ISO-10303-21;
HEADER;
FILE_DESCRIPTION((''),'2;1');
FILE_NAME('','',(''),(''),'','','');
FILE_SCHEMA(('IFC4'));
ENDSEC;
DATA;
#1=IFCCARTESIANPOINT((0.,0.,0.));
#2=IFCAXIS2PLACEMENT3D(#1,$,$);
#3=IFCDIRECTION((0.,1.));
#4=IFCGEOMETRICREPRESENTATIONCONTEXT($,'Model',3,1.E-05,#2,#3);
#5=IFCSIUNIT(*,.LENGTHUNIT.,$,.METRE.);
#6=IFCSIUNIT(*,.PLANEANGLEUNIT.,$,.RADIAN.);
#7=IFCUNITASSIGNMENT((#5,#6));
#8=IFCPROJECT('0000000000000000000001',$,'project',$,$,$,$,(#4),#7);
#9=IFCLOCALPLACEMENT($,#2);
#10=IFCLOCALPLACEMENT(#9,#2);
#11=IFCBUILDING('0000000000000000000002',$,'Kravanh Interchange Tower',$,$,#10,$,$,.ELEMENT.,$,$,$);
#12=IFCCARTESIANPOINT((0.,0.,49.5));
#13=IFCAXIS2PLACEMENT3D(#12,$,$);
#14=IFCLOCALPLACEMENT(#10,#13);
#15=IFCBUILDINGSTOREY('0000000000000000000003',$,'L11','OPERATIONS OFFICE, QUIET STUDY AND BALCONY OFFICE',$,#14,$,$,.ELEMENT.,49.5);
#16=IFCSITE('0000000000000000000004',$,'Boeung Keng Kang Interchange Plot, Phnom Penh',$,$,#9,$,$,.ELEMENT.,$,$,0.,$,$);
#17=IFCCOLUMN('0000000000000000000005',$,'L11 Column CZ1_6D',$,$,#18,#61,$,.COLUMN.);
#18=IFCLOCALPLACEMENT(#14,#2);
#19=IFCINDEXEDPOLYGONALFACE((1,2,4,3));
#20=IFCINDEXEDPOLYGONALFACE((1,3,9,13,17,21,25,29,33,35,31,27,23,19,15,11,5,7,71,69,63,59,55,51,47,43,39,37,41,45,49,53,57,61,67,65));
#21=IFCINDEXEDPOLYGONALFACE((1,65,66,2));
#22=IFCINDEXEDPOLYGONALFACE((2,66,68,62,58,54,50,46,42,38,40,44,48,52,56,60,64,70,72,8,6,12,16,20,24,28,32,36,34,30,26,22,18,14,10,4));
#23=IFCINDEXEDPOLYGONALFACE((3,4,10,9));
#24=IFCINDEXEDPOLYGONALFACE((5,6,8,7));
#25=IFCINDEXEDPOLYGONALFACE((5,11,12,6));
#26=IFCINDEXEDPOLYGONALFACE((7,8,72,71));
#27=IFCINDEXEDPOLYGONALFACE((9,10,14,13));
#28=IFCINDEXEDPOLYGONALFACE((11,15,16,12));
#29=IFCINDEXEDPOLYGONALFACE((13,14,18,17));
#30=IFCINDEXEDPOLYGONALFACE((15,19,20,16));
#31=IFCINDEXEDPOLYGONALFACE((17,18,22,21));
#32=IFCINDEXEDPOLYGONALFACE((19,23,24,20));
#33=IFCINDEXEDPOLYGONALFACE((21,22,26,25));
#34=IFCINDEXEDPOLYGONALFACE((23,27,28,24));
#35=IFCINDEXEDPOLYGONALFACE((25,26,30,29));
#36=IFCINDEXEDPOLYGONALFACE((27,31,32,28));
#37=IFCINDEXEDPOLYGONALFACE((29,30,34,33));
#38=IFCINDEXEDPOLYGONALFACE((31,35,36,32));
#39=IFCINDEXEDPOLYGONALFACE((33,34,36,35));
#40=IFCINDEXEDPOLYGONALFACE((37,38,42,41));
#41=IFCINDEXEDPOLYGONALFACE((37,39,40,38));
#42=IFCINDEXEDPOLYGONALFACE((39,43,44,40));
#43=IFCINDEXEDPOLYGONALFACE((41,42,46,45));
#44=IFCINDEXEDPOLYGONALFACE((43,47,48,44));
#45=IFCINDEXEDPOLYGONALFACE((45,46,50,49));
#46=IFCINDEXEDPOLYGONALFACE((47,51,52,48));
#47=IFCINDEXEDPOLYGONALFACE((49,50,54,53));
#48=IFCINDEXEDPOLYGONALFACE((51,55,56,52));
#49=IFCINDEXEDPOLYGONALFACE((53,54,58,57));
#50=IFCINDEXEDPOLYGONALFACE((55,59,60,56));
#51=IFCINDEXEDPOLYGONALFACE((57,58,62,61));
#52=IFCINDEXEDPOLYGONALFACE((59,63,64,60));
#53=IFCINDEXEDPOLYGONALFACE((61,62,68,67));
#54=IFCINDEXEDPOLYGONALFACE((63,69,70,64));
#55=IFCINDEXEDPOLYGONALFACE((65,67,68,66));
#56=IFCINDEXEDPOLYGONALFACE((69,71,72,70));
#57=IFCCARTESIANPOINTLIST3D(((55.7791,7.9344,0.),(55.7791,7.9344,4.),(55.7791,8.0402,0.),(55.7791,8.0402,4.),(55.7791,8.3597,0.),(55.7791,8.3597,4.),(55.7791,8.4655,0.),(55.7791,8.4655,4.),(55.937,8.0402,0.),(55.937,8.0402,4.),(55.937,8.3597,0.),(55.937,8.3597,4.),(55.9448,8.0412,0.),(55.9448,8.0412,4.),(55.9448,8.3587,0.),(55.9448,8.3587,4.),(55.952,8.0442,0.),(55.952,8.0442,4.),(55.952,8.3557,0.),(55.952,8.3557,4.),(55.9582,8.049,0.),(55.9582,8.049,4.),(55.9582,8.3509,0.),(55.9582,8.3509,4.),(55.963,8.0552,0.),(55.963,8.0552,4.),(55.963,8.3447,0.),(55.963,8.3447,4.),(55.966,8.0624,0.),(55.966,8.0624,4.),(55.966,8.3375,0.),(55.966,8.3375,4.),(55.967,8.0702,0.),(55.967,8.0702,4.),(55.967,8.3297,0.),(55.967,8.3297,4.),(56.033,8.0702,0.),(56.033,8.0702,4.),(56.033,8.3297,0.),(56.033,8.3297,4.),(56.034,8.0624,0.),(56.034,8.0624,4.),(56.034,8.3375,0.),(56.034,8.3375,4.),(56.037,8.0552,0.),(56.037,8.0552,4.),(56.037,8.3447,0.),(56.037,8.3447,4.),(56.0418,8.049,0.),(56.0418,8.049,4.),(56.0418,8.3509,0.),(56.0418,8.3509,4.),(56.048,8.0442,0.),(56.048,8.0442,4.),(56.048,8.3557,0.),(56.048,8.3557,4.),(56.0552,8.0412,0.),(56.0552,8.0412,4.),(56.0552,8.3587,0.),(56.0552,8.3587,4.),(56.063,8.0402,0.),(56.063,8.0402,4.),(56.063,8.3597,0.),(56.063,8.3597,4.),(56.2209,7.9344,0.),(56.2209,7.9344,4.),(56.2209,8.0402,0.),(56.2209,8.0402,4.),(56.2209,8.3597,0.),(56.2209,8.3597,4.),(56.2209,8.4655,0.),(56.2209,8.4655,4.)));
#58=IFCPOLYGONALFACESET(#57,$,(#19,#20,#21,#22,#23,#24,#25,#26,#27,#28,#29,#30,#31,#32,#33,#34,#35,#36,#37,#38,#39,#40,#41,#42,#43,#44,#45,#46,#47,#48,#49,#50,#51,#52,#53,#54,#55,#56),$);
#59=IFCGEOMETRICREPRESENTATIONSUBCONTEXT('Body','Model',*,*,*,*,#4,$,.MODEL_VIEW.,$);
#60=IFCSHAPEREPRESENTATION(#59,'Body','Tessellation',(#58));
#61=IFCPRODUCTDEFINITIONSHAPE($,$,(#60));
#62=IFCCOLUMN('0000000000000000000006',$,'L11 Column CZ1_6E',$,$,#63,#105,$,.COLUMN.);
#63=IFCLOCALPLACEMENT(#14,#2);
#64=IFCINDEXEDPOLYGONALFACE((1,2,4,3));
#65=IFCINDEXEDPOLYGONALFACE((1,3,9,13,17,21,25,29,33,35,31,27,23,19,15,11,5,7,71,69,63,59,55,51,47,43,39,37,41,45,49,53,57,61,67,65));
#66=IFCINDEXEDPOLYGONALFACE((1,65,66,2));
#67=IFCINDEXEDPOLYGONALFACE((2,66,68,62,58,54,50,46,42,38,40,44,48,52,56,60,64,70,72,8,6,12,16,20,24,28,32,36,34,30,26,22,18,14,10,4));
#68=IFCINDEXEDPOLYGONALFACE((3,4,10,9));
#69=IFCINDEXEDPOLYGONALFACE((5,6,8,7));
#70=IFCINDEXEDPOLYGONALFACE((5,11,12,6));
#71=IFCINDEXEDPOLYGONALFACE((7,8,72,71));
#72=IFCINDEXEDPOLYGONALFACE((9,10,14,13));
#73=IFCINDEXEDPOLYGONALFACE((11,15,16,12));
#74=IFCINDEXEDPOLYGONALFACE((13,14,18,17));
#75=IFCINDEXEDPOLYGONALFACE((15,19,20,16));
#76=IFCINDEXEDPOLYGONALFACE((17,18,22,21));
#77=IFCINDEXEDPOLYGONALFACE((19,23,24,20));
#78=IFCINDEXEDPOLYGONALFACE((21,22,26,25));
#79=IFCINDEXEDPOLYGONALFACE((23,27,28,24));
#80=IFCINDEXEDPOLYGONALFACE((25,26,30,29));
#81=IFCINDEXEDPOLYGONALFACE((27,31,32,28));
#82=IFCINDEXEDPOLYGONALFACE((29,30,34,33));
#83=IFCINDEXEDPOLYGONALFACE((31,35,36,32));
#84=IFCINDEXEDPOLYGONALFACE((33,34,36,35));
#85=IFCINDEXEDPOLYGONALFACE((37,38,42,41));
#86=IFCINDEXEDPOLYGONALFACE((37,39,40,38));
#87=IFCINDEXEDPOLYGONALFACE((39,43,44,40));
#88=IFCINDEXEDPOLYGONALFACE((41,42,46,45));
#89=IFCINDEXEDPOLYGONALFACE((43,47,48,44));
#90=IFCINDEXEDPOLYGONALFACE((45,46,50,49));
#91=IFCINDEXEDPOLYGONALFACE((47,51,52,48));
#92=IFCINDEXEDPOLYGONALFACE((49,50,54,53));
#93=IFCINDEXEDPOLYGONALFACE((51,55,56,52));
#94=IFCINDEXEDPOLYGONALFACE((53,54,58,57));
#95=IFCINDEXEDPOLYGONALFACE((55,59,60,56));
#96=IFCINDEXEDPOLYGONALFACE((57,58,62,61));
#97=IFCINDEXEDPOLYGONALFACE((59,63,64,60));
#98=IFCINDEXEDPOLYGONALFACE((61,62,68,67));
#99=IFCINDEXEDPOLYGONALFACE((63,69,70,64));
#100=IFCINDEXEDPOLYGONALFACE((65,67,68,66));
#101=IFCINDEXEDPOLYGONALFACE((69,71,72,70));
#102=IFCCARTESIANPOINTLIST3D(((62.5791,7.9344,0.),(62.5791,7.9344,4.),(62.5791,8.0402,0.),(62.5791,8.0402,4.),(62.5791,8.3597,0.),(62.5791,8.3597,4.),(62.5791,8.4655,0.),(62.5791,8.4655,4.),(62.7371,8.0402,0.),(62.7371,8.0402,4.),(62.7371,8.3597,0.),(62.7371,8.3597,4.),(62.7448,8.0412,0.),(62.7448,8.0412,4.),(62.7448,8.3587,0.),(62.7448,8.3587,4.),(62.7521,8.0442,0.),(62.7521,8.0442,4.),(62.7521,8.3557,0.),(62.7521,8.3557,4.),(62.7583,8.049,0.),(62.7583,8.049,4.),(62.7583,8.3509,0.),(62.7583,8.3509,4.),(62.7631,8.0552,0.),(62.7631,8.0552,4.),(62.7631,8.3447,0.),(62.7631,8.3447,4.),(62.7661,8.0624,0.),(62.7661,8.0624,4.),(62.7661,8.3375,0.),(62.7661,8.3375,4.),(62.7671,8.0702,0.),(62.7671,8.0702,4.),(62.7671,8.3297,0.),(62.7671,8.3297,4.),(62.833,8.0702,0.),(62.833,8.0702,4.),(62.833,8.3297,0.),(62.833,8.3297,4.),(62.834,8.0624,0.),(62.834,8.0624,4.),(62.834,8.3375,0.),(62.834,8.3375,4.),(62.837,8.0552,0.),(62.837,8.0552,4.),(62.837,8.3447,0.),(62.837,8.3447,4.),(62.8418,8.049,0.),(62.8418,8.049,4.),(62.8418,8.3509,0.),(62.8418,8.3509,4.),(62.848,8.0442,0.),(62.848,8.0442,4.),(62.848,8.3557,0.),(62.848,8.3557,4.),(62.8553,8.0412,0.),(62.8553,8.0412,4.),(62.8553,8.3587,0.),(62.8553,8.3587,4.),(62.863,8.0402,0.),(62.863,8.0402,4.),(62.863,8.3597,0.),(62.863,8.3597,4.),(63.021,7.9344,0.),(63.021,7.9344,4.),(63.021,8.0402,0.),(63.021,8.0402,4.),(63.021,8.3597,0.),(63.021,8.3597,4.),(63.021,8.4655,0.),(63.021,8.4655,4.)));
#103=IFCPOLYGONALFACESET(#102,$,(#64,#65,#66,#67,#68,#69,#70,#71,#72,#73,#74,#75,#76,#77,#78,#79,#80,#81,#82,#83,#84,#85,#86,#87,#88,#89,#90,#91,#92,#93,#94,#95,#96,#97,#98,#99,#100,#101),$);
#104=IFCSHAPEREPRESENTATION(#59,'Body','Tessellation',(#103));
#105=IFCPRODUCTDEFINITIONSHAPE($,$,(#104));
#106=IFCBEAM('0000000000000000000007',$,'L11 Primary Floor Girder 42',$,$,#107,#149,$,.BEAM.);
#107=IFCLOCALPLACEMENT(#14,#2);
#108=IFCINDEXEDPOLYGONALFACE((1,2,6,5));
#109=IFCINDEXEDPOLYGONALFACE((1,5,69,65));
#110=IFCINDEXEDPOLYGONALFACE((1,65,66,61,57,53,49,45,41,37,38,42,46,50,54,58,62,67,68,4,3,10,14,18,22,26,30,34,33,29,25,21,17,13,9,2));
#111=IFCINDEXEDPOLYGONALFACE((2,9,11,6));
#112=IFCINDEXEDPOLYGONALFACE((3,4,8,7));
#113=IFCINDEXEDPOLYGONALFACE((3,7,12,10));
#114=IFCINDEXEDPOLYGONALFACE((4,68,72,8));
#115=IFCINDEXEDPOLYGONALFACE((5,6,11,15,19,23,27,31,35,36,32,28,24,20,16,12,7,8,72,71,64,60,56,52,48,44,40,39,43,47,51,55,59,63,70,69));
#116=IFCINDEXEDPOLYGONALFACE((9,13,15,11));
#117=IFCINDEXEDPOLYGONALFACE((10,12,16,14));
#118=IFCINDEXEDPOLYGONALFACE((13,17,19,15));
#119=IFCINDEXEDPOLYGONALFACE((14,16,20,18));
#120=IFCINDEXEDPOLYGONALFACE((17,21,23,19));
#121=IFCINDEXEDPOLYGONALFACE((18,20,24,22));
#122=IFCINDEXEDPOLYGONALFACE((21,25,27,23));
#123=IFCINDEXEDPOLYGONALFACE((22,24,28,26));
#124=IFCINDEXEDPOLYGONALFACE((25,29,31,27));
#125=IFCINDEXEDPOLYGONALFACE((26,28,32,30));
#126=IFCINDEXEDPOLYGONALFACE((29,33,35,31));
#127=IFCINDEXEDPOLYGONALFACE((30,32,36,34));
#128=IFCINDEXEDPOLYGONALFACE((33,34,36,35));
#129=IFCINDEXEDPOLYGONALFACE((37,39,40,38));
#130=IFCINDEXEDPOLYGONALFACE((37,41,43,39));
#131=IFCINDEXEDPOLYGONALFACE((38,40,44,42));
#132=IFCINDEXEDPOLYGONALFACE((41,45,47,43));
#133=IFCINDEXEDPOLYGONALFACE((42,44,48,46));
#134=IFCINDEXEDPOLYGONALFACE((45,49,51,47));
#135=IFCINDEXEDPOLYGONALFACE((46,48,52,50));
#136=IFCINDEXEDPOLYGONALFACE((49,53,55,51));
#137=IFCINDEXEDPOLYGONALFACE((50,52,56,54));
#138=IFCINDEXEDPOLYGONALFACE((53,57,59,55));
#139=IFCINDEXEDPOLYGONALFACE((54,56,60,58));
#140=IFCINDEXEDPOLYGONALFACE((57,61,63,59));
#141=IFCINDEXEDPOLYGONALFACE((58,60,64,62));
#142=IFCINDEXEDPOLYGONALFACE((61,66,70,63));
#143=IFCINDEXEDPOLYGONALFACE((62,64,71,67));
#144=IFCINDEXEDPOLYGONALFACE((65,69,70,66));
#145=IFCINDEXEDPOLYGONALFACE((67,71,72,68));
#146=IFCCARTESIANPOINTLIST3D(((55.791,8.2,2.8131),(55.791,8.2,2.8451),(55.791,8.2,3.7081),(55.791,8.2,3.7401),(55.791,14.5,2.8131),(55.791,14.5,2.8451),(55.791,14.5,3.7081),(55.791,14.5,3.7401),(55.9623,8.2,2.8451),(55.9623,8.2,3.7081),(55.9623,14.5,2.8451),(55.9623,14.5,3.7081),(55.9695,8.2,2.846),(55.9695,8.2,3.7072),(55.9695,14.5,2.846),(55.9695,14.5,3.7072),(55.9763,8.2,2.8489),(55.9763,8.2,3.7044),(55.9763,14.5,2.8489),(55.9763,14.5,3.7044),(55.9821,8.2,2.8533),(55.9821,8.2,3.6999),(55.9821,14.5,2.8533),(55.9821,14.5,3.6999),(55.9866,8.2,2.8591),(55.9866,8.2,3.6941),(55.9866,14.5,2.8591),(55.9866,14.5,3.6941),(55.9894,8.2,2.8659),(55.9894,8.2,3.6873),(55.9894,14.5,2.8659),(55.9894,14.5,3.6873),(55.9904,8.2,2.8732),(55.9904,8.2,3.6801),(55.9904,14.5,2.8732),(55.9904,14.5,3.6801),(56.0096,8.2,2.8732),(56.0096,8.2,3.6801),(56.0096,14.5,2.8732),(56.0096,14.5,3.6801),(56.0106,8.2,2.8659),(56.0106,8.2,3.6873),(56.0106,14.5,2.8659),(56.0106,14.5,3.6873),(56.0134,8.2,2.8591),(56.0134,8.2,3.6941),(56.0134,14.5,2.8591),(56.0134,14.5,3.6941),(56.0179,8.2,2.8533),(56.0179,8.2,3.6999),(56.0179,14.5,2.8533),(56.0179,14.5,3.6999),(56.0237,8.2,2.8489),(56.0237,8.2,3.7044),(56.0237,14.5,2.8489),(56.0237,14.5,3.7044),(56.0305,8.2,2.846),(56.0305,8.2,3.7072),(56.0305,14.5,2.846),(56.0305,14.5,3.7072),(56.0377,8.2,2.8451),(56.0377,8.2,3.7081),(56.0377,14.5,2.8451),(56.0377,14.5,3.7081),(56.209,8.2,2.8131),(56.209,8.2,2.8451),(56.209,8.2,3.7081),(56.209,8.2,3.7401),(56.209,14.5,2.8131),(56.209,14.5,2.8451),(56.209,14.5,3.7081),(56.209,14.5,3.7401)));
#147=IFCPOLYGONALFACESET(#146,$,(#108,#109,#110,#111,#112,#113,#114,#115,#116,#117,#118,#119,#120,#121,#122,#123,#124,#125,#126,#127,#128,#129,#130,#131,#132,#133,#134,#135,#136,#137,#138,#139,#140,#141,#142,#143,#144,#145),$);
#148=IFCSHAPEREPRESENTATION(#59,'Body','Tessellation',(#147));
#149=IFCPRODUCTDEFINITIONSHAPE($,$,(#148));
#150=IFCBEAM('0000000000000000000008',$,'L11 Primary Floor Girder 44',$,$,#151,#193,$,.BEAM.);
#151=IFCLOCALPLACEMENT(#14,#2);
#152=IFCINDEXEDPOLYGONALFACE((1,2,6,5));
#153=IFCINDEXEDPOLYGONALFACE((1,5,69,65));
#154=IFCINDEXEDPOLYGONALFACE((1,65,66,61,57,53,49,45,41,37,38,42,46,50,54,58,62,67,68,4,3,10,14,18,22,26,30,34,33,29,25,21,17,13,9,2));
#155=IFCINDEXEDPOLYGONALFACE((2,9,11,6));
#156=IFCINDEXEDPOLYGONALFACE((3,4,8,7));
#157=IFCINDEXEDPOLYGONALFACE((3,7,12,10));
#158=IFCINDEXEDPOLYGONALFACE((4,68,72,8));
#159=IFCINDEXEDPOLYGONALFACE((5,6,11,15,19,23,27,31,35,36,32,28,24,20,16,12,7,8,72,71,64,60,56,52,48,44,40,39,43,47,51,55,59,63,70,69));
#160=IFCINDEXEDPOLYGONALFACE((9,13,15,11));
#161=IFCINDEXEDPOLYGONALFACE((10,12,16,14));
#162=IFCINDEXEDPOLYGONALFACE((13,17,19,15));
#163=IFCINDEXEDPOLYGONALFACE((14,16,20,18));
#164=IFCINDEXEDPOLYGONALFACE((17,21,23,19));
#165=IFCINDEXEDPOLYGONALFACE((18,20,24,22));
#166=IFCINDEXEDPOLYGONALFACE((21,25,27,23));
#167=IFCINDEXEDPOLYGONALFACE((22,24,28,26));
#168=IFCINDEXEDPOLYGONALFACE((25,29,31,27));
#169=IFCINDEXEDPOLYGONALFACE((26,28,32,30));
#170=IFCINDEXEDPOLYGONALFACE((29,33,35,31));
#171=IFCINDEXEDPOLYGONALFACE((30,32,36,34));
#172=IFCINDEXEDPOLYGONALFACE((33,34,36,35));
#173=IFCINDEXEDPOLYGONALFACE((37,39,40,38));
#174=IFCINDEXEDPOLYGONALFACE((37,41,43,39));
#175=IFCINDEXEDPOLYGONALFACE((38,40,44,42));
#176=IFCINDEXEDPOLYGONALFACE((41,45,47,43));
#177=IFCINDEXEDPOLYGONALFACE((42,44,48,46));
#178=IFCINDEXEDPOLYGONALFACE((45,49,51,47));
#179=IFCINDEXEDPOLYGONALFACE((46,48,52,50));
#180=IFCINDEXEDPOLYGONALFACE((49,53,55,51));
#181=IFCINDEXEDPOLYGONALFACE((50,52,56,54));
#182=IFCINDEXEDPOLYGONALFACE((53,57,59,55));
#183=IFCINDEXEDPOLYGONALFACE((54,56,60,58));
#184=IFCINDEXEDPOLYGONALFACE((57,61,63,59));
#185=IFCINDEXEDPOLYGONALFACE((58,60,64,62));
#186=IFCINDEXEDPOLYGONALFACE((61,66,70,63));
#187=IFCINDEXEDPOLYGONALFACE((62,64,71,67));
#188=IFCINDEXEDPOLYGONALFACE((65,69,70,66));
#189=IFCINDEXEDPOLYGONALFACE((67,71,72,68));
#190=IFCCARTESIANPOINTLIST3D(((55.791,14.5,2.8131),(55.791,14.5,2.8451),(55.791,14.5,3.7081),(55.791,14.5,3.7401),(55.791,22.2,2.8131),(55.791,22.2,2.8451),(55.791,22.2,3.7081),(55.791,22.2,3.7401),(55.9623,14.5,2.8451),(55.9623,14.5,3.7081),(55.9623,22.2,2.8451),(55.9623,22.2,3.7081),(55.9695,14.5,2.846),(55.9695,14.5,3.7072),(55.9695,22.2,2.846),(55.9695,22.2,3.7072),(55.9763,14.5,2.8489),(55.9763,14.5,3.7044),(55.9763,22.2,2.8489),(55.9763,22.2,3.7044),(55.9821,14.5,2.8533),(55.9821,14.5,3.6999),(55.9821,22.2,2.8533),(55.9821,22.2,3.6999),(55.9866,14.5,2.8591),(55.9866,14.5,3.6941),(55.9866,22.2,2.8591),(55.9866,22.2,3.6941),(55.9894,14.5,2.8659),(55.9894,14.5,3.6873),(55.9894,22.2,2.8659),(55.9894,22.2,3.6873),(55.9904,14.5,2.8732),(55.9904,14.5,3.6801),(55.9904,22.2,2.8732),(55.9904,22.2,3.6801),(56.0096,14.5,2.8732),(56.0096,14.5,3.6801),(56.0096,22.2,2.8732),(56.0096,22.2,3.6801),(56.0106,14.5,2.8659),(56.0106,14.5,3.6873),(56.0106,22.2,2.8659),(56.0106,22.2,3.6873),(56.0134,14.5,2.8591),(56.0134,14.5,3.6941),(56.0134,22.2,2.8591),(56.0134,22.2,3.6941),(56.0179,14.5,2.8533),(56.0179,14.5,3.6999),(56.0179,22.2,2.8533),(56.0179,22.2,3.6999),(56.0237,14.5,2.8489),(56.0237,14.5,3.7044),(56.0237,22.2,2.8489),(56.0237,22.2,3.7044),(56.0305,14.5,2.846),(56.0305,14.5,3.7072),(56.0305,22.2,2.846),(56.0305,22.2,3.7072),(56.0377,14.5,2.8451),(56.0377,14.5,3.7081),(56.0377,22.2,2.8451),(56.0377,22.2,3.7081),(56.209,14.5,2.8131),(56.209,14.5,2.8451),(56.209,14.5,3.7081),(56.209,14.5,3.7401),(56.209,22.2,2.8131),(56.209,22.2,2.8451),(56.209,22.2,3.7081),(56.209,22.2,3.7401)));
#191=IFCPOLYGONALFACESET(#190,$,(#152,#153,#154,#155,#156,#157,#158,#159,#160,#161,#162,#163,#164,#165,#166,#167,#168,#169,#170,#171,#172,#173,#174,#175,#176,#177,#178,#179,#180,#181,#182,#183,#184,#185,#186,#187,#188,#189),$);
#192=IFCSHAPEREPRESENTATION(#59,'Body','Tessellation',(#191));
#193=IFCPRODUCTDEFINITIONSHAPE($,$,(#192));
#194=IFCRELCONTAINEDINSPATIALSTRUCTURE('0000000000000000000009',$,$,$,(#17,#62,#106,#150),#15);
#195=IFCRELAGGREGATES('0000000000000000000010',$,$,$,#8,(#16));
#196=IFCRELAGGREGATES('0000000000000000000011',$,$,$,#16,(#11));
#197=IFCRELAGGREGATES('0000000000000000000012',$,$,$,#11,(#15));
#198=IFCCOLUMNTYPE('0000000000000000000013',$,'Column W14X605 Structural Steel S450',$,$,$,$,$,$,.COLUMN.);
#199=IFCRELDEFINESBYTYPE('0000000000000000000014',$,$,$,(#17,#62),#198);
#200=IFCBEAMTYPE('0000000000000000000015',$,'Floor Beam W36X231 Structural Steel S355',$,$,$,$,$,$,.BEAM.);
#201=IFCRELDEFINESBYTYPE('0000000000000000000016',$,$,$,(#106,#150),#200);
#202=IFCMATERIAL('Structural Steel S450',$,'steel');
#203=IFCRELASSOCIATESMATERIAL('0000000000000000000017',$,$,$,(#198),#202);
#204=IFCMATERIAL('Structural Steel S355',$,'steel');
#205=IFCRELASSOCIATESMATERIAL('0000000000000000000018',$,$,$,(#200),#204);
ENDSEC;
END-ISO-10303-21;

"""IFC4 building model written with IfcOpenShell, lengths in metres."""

from ifc_helpers import new_model, si_unit, direction, frame, origin, origin_2d, place, context, subcontext, project, spatial, i_section, extrude, material, material_profile, profile_set, type_object, element, save


model = new_model("IFC4")

# Units and contexts
model_context = context("Model", 3, precision=1e-05, world=origin(), true_north=direction((0.0, 1.0)))
body_context = subcontext(model_context, "Body", "Model", "MODEL_VIEW")
ifc_project = project(units=[si_unit("LENGTHUNIT", "METRE"), si_unit("PLANEANGLEUNIT", "RADIAN")], contexts=[model_context])

# Site, building, storey
site_placement = place(None, origin())
site = spatial("IfcSite", under=ifc_project, at=site_placement, Name="Boeung Keng Kang Interchange Plot, Phnom Penh", CompositionType="ELEMENT", RefElevation=0.0)
building_placement = place(site_placement, origin())
building = spatial("IfcBuilding", under=site, at=building_placement, Name="Kravanh Interchange Tower", CompositionType="ELEMENT")
storey_placement = place(building_placement, frame((0.0, 0.0, 49.5)))
storey = spatial("IfcBuildingStorey", under=building, at=storey_placement, Name="L11", Description="OPERATIONS OFFICE, QUIET STUDY AND BALCONY OFFICE", CompositionType="ELEMENT", Elevation=49.5)

# Columns
ifc_material_1 = material(Name="Structural Steel S450", Category="steel")
ifc_material_profile_1 = material_profile(ifc_material_1, i_section(OverallWidth=0.4419, OverallDepth=0.531, WebThickness=0.0659, FlangeThickness=0.1057, FilletRadius=0.03, at=origin_2d()), Name="W14X605")
ifc_profile_set_1 = profile_set([ifc_material_profile_1], Name="Structural Steel S450")
column_type = type_object("IfcColumnType", Name="Column W14X605 Structural Steel S450", PredefinedType="COLUMN", material=ifc_profile_set_1)
for number, where, z_axis, x_axis, name in (
    (1, (56.0, 8.2, 0.0), (0.0, 0.0, 1.0), (1.0, 0.0, 0.0), "L11 Column CZ1_6D"),
    (2, (62.8, 8.2, 0.0), (0.0, 0.0, 1.0), (1.0, 0.0, 0.0), "L11 Column CZ1_6E"),
):
    element("IfcColumn", number, at=place(storey_placement, frame(where, z_axis=z_axis, x_axis=x_axis)), inside=storey, type_object=column_type, Name=name, PredefinedType="COLUMN", context=body_context, shape_type="SweptSolid", body=[
        extrude(i_section(OverallWidth=0.4419, OverallDepth=0.531, WebThickness=0.0659, FlangeThickness=0.1057, FilletRadius=0.03, at=origin_2d()), origin(), (0.0, 0.0, 1.0), 4.0),
    ])

# Beams
ifc_material_2 = material(Name="Structural Steel S355", Category="steel")
ifc_material_profile_2 = material_profile(ifc_material_2, i_section(OverallWidth=0.418, OverallDepth=0.927, WebThickness=0.0193, FlangeThickness=0.032, FilletRadius=0.0281, at=origin_2d()), Name="W36X231")
ifc_profile_set_2 = profile_set([ifc_material_profile_2], Name="Structural Steel S355")
beam_type_1 = type_object("IfcBeamType", Name="Floor Beam W36X231 Structural Steel S355", PredefinedType="BEAM", material=ifc_profile_set_2)
beam_1_placement = place(storey_placement, frame((56.0, 14.5, 3.2766), z_axis=(0.0, -1.0, 0.0), x_axis=(1.0, 0.0, 0.0)))
element("IfcBeam", 3, at=beam_1_placement, inside=storey, type_object=beam_type_1, Name="L11 Primary Floor Girder 42", PredefinedType="BEAM", context=body_context, shape_type="SweptSolid", body=[
    extrude(i_section(OverallWidth=0.418, OverallDepth=0.927, WebThickness=0.0193, FlangeThickness=0.032, FilletRadius=0.0281, at=origin_2d()), origin(), (0.0, 0.0, 1.0), 6.3),
])
for number, where, z_axis, x_axis, name in (
    (4, (56.0, 14.5, 3.2766), (0.0, 1.0, 0.0), (-1.0, 0.0, 0.0), "L11 Primary Floor Girder 44"),
):
    element("IfcBeam", number, at=place(storey_placement, frame(where, z_axis=z_axis, x_axis=x_axis)), inside=storey, type_object=beam_type_1, Name=name, PredefinedType="BEAM", context=body_context, shape_type="SweptSolid", body=[
        extrude(i_section(OverallWidth=0.418, OverallDepth=0.927, WebThickness=0.0193, FlangeThickness=0.032, FilletRadius=0.0281, at=origin_2d()), origin(), (0.0, 0.0, 1.0), 7.7),
    ])

save(model, "model.ifc")
